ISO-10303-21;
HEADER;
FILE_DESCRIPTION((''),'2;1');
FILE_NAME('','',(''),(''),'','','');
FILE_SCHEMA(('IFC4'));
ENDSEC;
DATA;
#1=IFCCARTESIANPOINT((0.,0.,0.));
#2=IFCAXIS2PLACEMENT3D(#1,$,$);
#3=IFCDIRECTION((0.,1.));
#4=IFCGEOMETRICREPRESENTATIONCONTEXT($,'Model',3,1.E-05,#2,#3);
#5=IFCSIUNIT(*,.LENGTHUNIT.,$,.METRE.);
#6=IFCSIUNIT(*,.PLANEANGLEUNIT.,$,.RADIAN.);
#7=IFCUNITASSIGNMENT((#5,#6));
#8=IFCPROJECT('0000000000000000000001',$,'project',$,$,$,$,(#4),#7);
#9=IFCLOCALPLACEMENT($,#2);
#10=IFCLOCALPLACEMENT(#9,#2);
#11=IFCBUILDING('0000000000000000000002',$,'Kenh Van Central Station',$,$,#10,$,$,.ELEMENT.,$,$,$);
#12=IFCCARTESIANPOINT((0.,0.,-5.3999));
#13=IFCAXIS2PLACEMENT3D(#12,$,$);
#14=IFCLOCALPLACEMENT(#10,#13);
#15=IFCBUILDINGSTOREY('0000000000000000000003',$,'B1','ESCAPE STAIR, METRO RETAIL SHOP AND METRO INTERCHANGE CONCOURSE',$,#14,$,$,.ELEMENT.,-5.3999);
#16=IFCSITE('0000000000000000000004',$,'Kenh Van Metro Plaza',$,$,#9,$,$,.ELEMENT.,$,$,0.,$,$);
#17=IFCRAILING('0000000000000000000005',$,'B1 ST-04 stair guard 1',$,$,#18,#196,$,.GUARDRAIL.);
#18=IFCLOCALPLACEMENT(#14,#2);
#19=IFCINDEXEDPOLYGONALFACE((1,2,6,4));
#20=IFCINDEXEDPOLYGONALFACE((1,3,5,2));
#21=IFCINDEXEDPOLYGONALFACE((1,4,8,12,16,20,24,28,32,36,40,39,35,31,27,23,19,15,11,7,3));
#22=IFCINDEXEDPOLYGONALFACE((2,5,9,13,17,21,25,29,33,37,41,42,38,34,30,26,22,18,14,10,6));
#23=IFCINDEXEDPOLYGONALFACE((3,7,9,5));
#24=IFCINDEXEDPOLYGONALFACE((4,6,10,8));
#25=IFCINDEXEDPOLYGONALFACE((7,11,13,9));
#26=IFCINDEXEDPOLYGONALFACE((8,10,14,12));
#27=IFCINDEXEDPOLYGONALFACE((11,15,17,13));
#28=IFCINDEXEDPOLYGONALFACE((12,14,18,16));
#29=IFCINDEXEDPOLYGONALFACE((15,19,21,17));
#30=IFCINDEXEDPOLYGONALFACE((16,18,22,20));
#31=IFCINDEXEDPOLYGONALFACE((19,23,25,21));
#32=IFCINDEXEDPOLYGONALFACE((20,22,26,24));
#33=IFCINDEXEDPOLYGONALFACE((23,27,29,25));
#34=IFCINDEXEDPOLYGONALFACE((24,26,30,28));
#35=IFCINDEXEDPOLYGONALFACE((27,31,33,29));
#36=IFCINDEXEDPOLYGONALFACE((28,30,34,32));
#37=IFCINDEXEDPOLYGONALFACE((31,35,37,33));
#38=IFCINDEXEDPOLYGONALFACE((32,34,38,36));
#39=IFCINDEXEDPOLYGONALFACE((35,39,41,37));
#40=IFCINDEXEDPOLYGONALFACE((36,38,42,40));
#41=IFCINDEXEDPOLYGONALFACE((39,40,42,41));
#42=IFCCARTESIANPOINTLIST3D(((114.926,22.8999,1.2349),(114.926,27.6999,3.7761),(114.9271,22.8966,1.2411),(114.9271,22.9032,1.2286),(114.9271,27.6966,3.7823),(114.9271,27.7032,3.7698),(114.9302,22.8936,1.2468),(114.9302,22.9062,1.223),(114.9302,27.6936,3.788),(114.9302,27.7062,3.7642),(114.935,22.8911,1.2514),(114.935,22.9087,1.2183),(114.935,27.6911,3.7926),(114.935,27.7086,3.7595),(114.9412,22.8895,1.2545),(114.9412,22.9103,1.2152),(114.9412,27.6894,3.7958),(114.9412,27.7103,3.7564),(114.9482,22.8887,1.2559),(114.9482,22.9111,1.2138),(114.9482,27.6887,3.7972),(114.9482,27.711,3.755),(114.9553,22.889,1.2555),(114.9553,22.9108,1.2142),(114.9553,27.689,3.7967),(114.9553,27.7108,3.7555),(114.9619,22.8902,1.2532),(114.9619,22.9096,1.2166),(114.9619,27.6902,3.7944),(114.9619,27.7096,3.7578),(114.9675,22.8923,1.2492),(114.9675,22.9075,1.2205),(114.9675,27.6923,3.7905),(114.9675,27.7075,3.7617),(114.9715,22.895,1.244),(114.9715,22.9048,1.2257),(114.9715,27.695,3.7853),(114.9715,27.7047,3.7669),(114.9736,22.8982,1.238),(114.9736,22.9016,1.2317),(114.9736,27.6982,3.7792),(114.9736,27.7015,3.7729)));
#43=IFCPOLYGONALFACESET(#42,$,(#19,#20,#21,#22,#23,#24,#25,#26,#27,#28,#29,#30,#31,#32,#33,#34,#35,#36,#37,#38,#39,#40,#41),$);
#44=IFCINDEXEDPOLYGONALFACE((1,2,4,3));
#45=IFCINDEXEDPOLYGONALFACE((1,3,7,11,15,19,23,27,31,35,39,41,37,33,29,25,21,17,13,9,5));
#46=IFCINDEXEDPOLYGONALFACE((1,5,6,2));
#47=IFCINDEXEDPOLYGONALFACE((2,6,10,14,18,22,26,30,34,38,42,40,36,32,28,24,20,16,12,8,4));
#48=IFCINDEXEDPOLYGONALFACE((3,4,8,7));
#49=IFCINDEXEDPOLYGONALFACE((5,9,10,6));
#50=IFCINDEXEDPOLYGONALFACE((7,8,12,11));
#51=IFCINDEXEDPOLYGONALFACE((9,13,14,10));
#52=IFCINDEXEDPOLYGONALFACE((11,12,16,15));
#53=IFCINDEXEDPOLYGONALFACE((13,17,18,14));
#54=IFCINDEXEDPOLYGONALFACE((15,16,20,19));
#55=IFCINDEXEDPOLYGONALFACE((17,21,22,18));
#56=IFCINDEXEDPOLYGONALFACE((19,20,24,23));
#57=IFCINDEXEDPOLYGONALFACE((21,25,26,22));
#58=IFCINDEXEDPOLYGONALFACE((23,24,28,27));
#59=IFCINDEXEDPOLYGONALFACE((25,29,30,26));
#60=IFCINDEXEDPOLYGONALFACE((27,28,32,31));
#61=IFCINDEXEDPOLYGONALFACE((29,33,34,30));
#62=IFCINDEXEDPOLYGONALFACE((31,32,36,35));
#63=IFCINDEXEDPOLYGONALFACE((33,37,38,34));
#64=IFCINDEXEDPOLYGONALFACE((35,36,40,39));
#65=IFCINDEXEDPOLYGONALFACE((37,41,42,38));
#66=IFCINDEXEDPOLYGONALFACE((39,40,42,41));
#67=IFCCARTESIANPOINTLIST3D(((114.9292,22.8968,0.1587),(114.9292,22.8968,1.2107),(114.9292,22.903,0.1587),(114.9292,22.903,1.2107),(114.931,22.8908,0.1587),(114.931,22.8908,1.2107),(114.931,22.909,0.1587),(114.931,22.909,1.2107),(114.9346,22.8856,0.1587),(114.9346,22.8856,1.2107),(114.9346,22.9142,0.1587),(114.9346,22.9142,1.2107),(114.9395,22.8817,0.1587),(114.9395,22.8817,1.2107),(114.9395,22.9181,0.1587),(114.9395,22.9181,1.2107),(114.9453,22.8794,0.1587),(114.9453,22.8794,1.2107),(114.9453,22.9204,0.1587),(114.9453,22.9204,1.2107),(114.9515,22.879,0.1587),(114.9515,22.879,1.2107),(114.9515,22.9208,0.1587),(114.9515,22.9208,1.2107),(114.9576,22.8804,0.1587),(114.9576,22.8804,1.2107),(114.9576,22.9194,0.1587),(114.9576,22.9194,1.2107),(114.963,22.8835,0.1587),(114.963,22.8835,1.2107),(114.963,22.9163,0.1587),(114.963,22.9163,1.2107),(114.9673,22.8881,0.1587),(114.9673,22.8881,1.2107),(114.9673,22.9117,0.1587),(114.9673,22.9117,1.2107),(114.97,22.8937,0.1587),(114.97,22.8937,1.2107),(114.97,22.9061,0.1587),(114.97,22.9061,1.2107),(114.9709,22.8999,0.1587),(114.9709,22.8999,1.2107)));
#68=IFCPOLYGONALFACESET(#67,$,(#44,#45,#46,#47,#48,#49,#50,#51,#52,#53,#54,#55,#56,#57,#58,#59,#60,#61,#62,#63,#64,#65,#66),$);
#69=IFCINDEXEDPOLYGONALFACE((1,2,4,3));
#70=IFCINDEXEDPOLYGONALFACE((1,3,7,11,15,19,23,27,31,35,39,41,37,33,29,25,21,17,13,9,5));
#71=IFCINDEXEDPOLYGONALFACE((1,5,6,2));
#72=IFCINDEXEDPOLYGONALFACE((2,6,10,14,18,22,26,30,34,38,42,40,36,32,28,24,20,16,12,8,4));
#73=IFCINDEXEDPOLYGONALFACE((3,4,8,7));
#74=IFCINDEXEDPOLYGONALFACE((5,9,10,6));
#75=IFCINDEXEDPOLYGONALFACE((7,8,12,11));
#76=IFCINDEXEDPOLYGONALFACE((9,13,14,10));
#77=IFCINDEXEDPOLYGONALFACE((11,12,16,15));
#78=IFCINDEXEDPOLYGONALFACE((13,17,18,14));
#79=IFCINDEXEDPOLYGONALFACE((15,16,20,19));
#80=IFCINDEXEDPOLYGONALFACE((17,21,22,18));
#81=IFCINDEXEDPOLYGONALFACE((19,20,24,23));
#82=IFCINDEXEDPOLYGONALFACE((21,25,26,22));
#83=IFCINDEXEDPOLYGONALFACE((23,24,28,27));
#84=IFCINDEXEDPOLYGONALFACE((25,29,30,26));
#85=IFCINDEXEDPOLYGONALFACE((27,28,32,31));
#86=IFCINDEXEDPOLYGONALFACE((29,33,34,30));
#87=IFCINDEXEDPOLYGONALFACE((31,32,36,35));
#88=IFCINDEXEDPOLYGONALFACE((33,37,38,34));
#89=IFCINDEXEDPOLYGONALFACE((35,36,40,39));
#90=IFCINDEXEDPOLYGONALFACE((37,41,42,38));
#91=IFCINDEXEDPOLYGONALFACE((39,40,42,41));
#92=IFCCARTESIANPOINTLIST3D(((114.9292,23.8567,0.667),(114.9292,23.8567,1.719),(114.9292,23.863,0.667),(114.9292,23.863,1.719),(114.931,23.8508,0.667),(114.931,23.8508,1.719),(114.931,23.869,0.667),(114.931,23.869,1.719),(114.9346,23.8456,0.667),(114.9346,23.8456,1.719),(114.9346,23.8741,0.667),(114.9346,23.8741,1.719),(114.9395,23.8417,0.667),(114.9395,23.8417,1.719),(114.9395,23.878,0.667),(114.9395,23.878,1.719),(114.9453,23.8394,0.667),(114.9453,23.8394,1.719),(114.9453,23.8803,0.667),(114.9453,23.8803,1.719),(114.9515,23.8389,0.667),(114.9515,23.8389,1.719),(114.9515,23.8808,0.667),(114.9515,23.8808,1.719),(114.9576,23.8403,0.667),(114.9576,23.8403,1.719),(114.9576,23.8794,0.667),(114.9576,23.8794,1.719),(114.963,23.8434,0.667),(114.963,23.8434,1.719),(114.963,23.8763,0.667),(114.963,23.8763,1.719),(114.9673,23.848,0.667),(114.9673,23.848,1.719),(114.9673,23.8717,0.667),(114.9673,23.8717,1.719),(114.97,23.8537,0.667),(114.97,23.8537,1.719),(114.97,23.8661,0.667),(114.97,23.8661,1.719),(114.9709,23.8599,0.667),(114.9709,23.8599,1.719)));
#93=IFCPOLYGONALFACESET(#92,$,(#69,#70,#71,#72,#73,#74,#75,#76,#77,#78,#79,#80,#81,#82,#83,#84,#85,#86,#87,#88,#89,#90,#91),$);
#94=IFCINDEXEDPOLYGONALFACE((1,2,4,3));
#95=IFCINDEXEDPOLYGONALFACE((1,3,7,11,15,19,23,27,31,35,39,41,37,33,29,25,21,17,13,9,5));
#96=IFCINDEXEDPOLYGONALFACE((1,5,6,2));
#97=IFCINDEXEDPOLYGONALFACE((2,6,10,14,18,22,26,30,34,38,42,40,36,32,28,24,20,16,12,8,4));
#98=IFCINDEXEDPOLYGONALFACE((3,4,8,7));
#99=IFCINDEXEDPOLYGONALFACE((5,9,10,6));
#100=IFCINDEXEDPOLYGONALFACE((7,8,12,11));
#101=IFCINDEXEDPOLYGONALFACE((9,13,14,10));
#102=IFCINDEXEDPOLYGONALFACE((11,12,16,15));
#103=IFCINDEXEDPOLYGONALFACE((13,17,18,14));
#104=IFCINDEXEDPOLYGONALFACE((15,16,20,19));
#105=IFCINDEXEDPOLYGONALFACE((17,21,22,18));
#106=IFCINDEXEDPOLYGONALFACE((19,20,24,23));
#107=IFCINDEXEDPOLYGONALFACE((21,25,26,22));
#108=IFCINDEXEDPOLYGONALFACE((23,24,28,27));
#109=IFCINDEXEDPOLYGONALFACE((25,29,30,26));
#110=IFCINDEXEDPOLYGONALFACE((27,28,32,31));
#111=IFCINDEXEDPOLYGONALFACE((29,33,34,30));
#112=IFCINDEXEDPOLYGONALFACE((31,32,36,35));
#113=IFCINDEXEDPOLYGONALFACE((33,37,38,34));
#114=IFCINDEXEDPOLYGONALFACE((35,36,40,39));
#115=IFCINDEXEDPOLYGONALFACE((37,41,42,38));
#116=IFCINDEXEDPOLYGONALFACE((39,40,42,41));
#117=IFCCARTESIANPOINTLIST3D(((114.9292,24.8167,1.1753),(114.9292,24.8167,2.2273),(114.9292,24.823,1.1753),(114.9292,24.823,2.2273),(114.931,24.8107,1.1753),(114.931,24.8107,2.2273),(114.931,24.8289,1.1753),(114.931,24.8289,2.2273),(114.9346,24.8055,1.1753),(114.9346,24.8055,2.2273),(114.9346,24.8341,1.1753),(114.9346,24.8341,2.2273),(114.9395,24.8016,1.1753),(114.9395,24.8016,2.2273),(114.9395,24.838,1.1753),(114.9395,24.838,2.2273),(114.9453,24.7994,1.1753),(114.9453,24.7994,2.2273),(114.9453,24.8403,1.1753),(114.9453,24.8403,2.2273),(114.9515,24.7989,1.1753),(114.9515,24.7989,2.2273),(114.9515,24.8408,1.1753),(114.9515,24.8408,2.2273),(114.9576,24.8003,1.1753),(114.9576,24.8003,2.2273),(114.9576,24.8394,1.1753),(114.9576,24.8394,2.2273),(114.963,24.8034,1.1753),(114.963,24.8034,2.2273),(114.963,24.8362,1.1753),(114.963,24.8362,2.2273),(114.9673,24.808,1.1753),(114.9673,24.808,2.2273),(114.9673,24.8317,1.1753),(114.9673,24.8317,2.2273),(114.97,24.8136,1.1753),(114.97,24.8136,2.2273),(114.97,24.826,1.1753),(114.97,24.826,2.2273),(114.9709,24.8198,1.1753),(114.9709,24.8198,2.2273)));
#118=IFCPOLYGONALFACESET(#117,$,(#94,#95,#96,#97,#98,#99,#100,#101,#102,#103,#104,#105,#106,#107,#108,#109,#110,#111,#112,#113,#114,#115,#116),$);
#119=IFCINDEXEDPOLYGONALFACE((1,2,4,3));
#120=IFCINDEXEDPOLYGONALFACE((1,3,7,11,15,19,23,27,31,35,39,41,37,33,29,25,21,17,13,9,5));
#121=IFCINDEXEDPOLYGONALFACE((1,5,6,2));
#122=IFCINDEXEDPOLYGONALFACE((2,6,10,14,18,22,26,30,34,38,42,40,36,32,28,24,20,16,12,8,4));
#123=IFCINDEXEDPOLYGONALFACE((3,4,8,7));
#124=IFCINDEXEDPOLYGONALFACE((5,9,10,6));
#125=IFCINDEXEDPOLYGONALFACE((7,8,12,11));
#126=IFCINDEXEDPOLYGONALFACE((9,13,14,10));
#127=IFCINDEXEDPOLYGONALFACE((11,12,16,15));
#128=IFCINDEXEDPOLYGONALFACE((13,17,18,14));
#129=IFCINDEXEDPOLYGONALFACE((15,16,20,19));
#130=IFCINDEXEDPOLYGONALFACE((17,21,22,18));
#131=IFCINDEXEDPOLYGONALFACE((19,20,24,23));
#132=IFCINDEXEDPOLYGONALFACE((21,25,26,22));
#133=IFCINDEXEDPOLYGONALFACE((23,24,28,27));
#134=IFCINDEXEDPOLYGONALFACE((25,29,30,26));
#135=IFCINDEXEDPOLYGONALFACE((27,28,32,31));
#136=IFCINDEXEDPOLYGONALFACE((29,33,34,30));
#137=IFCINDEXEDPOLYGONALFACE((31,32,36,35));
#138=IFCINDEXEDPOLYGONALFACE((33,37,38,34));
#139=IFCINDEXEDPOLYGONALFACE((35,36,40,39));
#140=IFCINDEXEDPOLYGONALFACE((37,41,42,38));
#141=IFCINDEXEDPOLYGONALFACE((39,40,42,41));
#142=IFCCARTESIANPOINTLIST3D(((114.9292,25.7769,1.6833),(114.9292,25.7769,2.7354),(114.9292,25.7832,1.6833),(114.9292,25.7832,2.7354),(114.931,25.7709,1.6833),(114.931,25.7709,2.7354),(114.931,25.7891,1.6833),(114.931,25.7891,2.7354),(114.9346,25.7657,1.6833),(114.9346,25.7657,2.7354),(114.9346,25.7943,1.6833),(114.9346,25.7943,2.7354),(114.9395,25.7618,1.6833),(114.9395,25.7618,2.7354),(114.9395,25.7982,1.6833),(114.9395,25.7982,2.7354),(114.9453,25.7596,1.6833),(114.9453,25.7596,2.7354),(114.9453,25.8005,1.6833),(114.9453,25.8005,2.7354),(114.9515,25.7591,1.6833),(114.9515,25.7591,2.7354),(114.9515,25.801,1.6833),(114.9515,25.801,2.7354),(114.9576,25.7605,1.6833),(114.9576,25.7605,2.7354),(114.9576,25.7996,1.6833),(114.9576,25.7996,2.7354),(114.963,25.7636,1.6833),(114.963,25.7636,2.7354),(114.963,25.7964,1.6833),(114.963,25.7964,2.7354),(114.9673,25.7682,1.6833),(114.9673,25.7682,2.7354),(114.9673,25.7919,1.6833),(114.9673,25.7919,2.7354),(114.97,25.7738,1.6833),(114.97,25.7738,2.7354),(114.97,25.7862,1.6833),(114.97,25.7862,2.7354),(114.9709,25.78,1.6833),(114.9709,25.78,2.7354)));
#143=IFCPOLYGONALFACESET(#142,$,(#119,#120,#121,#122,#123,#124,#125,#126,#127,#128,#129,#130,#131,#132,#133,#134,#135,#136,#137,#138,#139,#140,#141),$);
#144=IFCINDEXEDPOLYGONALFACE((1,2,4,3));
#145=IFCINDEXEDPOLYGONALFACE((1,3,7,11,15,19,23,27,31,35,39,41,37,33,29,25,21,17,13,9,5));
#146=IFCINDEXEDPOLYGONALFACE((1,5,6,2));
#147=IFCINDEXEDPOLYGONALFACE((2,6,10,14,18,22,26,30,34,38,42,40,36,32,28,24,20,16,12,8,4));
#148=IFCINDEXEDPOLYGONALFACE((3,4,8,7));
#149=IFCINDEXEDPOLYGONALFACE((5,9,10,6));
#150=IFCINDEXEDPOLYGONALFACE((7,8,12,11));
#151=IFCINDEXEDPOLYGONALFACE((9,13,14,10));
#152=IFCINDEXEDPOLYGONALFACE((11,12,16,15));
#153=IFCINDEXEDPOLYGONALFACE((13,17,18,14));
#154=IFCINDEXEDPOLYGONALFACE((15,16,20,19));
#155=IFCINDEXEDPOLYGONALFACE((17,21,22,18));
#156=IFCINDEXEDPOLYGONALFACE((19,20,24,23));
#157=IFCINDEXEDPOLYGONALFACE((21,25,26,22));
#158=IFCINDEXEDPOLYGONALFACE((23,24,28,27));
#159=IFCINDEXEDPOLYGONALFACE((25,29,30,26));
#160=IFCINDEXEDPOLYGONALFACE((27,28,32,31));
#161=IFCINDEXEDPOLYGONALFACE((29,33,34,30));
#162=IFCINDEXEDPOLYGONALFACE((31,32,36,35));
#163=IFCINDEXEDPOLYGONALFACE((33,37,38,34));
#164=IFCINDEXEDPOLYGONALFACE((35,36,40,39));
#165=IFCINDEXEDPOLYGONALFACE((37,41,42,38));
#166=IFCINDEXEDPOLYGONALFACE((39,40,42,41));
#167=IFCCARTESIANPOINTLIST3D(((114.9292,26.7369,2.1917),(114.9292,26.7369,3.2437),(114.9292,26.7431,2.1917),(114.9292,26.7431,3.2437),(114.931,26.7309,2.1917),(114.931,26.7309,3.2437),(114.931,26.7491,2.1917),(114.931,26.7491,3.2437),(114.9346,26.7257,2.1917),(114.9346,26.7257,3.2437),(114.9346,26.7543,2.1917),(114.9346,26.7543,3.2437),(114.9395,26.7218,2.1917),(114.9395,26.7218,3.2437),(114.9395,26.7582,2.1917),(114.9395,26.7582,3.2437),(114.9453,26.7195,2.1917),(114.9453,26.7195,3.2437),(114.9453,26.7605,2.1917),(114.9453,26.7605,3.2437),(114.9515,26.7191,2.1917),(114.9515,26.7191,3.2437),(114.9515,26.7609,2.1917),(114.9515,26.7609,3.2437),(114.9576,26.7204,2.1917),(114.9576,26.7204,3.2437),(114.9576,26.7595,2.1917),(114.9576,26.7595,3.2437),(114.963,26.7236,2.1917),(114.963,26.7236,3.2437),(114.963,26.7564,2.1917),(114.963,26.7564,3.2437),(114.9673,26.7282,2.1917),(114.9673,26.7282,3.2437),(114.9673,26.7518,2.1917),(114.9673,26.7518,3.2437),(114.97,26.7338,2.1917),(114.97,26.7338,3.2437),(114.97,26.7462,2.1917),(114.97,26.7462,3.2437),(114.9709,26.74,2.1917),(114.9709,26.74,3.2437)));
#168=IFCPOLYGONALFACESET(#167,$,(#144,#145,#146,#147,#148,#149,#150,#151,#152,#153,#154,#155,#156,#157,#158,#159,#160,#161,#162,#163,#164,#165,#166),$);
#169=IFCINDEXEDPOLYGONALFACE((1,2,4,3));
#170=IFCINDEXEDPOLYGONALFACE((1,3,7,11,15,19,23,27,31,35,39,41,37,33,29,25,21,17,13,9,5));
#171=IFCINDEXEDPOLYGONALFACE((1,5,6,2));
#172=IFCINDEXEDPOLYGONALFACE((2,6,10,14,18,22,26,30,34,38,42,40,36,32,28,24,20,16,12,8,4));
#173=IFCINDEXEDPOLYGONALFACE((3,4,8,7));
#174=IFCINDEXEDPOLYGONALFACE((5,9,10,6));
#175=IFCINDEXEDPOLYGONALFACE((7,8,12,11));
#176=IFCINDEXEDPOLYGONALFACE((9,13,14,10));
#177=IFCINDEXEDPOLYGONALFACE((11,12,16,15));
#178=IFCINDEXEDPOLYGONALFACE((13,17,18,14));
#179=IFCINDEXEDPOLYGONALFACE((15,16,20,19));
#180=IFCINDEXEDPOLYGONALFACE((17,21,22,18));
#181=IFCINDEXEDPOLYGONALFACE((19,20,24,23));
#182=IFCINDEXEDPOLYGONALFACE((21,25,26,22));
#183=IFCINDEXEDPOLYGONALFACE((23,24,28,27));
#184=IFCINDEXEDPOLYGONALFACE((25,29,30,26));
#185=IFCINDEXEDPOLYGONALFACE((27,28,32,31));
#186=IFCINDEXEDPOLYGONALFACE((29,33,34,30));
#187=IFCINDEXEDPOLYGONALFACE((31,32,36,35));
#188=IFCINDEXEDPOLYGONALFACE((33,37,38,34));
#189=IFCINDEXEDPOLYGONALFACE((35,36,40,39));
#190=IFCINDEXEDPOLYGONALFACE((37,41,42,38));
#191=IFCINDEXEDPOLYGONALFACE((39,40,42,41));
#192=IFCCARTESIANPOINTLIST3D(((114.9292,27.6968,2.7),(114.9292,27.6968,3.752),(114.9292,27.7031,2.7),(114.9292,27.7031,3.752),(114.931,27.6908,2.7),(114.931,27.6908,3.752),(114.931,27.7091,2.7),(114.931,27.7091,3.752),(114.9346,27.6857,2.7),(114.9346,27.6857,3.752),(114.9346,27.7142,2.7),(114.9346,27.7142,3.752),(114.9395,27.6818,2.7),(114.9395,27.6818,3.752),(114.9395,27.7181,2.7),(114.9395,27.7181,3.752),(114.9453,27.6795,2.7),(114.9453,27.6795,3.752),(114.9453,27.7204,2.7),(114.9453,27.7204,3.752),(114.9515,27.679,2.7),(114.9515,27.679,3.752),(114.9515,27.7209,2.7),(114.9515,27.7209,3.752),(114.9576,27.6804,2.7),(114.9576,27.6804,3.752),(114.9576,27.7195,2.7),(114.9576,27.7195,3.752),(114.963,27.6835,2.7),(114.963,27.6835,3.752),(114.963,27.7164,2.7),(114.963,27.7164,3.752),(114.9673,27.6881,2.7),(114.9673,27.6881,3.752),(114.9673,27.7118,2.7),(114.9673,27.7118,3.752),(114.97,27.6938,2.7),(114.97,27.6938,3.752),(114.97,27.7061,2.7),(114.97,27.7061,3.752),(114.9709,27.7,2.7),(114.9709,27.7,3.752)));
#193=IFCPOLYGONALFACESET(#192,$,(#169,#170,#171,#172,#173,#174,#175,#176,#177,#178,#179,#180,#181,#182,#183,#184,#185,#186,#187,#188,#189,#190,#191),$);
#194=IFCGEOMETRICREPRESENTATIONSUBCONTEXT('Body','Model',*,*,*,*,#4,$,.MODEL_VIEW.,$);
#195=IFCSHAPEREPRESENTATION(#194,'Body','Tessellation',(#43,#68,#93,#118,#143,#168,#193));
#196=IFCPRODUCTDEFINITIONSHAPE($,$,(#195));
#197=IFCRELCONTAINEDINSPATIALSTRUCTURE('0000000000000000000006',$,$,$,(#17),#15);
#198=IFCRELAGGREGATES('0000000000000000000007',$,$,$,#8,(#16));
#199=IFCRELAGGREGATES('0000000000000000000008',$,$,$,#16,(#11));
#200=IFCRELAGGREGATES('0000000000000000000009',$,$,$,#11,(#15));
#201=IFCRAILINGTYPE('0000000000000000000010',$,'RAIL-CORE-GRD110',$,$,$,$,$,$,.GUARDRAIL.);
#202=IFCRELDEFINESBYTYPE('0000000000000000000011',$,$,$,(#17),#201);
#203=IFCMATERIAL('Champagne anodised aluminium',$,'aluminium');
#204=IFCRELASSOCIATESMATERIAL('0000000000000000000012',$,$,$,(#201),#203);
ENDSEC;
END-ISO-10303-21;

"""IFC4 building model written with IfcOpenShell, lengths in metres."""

from ifc_helpers import new_model, si_unit, direction, frame, origin, origin_2d, place, context, subcontext, project, spatial, circle, extrude, material, type_object, element, save


model = new_model("IFC4")

# Units and contexts
model_context = context("Model", 3, precision=1e-05, world=origin(), true_north=direction((0.0, 1.0)))
body_context = subcontext(model_context, "Body", "Model", "MODEL_VIEW")
ifc_project = project(units=[si_unit("LENGTHUNIT", "METRE"), si_unit("PLANEANGLEUNIT", "RADIAN")], contexts=[model_context])

# Site, building, storey
site_placement = place(None, origin())
site = spatial("IfcSite", under=ifc_project, at=site_placement, Name="Kenh Van Metro Plaza", CompositionType="ELEMENT", RefElevation=0.0)
building_placement = place(site_placement, origin())
building = spatial("IfcBuilding", under=site, at=building_placement, Name="Kenh Van Central Station", CompositionType="ELEMENT")
storey_placement = place(building_placement, frame((0.0, 0.0, -5.3999)))
storey = spatial("IfcBuildingStorey", under=building, at=storey_placement, Name="B1", Description="ESCAPE STAIR, METRO RETAIL SHOP AND METRO INTERCHANGE CONCOURSE", CompositionType="ELEMENT", Elevation=-5.3999)

# Shared definitions
ifc_material_1 = material(Name="Champagne anodised aluminium", Category="aluminium")

# Railing
railing_type_1 = type_object("IfcRailingType", Name="RAIL-CORE-GRD110", PredefinedType="GUARDRAIL", material=ifc_material_1)
railing_1_placement = place(storey_placement, frame((114.95, 22.8999, 0.1587)))
element("IfcRailing", 1, at=railing_1_placement, inside=storey, type_object=railing_type_1, Name="B1 ST-04 stair guard 1", PredefinedType="GUARDRAIL", context=body_context, shape_type="SweptSolid", body=[
    extrude(circle(Radius=0.0239, at=origin_2d()), frame((0.0, 0.0, 1.0762), z_axis=(0.0, 0.883784, 0.467896), x_axis=(-1.0, 0.0, 0.0)), (0.0, 0.0, 1.0), 5.4312),
    extrude(circle(Radius=0.021, at=origin_2d()), origin(), (0.0, 0.0, 1.0), 1.052),
    extrude(circle(Radius=0.021, at=origin_2d()), frame((0.0, 0.96, 0.5083)), (0.0, 0.0, 1.0), 1.052),
    extrude(circle(Radius=0.021, at=origin_2d()), frame((0.0, 1.9199, 1.0166)), (0.0, 0.0, 1.0), 1.052),
    extrude(circle(Radius=0.021, at=origin_2d()), frame((0.0, 2.8801, 1.5247)), (0.0, 0.0, 1.0), 1.052),
    extrude(circle(Radius=0.021, at=origin_2d()), frame((0.0, 3.8401, 2.033)), (0.0, 0.0, 1.0), 1.052),
    extrude(circle(Radius=0.021, at=origin_2d()), frame((0.0, 4.8, 2.5413)), (0.0, 0.0, 1.0), 1.052),
])

save(model, "model.ifc")
